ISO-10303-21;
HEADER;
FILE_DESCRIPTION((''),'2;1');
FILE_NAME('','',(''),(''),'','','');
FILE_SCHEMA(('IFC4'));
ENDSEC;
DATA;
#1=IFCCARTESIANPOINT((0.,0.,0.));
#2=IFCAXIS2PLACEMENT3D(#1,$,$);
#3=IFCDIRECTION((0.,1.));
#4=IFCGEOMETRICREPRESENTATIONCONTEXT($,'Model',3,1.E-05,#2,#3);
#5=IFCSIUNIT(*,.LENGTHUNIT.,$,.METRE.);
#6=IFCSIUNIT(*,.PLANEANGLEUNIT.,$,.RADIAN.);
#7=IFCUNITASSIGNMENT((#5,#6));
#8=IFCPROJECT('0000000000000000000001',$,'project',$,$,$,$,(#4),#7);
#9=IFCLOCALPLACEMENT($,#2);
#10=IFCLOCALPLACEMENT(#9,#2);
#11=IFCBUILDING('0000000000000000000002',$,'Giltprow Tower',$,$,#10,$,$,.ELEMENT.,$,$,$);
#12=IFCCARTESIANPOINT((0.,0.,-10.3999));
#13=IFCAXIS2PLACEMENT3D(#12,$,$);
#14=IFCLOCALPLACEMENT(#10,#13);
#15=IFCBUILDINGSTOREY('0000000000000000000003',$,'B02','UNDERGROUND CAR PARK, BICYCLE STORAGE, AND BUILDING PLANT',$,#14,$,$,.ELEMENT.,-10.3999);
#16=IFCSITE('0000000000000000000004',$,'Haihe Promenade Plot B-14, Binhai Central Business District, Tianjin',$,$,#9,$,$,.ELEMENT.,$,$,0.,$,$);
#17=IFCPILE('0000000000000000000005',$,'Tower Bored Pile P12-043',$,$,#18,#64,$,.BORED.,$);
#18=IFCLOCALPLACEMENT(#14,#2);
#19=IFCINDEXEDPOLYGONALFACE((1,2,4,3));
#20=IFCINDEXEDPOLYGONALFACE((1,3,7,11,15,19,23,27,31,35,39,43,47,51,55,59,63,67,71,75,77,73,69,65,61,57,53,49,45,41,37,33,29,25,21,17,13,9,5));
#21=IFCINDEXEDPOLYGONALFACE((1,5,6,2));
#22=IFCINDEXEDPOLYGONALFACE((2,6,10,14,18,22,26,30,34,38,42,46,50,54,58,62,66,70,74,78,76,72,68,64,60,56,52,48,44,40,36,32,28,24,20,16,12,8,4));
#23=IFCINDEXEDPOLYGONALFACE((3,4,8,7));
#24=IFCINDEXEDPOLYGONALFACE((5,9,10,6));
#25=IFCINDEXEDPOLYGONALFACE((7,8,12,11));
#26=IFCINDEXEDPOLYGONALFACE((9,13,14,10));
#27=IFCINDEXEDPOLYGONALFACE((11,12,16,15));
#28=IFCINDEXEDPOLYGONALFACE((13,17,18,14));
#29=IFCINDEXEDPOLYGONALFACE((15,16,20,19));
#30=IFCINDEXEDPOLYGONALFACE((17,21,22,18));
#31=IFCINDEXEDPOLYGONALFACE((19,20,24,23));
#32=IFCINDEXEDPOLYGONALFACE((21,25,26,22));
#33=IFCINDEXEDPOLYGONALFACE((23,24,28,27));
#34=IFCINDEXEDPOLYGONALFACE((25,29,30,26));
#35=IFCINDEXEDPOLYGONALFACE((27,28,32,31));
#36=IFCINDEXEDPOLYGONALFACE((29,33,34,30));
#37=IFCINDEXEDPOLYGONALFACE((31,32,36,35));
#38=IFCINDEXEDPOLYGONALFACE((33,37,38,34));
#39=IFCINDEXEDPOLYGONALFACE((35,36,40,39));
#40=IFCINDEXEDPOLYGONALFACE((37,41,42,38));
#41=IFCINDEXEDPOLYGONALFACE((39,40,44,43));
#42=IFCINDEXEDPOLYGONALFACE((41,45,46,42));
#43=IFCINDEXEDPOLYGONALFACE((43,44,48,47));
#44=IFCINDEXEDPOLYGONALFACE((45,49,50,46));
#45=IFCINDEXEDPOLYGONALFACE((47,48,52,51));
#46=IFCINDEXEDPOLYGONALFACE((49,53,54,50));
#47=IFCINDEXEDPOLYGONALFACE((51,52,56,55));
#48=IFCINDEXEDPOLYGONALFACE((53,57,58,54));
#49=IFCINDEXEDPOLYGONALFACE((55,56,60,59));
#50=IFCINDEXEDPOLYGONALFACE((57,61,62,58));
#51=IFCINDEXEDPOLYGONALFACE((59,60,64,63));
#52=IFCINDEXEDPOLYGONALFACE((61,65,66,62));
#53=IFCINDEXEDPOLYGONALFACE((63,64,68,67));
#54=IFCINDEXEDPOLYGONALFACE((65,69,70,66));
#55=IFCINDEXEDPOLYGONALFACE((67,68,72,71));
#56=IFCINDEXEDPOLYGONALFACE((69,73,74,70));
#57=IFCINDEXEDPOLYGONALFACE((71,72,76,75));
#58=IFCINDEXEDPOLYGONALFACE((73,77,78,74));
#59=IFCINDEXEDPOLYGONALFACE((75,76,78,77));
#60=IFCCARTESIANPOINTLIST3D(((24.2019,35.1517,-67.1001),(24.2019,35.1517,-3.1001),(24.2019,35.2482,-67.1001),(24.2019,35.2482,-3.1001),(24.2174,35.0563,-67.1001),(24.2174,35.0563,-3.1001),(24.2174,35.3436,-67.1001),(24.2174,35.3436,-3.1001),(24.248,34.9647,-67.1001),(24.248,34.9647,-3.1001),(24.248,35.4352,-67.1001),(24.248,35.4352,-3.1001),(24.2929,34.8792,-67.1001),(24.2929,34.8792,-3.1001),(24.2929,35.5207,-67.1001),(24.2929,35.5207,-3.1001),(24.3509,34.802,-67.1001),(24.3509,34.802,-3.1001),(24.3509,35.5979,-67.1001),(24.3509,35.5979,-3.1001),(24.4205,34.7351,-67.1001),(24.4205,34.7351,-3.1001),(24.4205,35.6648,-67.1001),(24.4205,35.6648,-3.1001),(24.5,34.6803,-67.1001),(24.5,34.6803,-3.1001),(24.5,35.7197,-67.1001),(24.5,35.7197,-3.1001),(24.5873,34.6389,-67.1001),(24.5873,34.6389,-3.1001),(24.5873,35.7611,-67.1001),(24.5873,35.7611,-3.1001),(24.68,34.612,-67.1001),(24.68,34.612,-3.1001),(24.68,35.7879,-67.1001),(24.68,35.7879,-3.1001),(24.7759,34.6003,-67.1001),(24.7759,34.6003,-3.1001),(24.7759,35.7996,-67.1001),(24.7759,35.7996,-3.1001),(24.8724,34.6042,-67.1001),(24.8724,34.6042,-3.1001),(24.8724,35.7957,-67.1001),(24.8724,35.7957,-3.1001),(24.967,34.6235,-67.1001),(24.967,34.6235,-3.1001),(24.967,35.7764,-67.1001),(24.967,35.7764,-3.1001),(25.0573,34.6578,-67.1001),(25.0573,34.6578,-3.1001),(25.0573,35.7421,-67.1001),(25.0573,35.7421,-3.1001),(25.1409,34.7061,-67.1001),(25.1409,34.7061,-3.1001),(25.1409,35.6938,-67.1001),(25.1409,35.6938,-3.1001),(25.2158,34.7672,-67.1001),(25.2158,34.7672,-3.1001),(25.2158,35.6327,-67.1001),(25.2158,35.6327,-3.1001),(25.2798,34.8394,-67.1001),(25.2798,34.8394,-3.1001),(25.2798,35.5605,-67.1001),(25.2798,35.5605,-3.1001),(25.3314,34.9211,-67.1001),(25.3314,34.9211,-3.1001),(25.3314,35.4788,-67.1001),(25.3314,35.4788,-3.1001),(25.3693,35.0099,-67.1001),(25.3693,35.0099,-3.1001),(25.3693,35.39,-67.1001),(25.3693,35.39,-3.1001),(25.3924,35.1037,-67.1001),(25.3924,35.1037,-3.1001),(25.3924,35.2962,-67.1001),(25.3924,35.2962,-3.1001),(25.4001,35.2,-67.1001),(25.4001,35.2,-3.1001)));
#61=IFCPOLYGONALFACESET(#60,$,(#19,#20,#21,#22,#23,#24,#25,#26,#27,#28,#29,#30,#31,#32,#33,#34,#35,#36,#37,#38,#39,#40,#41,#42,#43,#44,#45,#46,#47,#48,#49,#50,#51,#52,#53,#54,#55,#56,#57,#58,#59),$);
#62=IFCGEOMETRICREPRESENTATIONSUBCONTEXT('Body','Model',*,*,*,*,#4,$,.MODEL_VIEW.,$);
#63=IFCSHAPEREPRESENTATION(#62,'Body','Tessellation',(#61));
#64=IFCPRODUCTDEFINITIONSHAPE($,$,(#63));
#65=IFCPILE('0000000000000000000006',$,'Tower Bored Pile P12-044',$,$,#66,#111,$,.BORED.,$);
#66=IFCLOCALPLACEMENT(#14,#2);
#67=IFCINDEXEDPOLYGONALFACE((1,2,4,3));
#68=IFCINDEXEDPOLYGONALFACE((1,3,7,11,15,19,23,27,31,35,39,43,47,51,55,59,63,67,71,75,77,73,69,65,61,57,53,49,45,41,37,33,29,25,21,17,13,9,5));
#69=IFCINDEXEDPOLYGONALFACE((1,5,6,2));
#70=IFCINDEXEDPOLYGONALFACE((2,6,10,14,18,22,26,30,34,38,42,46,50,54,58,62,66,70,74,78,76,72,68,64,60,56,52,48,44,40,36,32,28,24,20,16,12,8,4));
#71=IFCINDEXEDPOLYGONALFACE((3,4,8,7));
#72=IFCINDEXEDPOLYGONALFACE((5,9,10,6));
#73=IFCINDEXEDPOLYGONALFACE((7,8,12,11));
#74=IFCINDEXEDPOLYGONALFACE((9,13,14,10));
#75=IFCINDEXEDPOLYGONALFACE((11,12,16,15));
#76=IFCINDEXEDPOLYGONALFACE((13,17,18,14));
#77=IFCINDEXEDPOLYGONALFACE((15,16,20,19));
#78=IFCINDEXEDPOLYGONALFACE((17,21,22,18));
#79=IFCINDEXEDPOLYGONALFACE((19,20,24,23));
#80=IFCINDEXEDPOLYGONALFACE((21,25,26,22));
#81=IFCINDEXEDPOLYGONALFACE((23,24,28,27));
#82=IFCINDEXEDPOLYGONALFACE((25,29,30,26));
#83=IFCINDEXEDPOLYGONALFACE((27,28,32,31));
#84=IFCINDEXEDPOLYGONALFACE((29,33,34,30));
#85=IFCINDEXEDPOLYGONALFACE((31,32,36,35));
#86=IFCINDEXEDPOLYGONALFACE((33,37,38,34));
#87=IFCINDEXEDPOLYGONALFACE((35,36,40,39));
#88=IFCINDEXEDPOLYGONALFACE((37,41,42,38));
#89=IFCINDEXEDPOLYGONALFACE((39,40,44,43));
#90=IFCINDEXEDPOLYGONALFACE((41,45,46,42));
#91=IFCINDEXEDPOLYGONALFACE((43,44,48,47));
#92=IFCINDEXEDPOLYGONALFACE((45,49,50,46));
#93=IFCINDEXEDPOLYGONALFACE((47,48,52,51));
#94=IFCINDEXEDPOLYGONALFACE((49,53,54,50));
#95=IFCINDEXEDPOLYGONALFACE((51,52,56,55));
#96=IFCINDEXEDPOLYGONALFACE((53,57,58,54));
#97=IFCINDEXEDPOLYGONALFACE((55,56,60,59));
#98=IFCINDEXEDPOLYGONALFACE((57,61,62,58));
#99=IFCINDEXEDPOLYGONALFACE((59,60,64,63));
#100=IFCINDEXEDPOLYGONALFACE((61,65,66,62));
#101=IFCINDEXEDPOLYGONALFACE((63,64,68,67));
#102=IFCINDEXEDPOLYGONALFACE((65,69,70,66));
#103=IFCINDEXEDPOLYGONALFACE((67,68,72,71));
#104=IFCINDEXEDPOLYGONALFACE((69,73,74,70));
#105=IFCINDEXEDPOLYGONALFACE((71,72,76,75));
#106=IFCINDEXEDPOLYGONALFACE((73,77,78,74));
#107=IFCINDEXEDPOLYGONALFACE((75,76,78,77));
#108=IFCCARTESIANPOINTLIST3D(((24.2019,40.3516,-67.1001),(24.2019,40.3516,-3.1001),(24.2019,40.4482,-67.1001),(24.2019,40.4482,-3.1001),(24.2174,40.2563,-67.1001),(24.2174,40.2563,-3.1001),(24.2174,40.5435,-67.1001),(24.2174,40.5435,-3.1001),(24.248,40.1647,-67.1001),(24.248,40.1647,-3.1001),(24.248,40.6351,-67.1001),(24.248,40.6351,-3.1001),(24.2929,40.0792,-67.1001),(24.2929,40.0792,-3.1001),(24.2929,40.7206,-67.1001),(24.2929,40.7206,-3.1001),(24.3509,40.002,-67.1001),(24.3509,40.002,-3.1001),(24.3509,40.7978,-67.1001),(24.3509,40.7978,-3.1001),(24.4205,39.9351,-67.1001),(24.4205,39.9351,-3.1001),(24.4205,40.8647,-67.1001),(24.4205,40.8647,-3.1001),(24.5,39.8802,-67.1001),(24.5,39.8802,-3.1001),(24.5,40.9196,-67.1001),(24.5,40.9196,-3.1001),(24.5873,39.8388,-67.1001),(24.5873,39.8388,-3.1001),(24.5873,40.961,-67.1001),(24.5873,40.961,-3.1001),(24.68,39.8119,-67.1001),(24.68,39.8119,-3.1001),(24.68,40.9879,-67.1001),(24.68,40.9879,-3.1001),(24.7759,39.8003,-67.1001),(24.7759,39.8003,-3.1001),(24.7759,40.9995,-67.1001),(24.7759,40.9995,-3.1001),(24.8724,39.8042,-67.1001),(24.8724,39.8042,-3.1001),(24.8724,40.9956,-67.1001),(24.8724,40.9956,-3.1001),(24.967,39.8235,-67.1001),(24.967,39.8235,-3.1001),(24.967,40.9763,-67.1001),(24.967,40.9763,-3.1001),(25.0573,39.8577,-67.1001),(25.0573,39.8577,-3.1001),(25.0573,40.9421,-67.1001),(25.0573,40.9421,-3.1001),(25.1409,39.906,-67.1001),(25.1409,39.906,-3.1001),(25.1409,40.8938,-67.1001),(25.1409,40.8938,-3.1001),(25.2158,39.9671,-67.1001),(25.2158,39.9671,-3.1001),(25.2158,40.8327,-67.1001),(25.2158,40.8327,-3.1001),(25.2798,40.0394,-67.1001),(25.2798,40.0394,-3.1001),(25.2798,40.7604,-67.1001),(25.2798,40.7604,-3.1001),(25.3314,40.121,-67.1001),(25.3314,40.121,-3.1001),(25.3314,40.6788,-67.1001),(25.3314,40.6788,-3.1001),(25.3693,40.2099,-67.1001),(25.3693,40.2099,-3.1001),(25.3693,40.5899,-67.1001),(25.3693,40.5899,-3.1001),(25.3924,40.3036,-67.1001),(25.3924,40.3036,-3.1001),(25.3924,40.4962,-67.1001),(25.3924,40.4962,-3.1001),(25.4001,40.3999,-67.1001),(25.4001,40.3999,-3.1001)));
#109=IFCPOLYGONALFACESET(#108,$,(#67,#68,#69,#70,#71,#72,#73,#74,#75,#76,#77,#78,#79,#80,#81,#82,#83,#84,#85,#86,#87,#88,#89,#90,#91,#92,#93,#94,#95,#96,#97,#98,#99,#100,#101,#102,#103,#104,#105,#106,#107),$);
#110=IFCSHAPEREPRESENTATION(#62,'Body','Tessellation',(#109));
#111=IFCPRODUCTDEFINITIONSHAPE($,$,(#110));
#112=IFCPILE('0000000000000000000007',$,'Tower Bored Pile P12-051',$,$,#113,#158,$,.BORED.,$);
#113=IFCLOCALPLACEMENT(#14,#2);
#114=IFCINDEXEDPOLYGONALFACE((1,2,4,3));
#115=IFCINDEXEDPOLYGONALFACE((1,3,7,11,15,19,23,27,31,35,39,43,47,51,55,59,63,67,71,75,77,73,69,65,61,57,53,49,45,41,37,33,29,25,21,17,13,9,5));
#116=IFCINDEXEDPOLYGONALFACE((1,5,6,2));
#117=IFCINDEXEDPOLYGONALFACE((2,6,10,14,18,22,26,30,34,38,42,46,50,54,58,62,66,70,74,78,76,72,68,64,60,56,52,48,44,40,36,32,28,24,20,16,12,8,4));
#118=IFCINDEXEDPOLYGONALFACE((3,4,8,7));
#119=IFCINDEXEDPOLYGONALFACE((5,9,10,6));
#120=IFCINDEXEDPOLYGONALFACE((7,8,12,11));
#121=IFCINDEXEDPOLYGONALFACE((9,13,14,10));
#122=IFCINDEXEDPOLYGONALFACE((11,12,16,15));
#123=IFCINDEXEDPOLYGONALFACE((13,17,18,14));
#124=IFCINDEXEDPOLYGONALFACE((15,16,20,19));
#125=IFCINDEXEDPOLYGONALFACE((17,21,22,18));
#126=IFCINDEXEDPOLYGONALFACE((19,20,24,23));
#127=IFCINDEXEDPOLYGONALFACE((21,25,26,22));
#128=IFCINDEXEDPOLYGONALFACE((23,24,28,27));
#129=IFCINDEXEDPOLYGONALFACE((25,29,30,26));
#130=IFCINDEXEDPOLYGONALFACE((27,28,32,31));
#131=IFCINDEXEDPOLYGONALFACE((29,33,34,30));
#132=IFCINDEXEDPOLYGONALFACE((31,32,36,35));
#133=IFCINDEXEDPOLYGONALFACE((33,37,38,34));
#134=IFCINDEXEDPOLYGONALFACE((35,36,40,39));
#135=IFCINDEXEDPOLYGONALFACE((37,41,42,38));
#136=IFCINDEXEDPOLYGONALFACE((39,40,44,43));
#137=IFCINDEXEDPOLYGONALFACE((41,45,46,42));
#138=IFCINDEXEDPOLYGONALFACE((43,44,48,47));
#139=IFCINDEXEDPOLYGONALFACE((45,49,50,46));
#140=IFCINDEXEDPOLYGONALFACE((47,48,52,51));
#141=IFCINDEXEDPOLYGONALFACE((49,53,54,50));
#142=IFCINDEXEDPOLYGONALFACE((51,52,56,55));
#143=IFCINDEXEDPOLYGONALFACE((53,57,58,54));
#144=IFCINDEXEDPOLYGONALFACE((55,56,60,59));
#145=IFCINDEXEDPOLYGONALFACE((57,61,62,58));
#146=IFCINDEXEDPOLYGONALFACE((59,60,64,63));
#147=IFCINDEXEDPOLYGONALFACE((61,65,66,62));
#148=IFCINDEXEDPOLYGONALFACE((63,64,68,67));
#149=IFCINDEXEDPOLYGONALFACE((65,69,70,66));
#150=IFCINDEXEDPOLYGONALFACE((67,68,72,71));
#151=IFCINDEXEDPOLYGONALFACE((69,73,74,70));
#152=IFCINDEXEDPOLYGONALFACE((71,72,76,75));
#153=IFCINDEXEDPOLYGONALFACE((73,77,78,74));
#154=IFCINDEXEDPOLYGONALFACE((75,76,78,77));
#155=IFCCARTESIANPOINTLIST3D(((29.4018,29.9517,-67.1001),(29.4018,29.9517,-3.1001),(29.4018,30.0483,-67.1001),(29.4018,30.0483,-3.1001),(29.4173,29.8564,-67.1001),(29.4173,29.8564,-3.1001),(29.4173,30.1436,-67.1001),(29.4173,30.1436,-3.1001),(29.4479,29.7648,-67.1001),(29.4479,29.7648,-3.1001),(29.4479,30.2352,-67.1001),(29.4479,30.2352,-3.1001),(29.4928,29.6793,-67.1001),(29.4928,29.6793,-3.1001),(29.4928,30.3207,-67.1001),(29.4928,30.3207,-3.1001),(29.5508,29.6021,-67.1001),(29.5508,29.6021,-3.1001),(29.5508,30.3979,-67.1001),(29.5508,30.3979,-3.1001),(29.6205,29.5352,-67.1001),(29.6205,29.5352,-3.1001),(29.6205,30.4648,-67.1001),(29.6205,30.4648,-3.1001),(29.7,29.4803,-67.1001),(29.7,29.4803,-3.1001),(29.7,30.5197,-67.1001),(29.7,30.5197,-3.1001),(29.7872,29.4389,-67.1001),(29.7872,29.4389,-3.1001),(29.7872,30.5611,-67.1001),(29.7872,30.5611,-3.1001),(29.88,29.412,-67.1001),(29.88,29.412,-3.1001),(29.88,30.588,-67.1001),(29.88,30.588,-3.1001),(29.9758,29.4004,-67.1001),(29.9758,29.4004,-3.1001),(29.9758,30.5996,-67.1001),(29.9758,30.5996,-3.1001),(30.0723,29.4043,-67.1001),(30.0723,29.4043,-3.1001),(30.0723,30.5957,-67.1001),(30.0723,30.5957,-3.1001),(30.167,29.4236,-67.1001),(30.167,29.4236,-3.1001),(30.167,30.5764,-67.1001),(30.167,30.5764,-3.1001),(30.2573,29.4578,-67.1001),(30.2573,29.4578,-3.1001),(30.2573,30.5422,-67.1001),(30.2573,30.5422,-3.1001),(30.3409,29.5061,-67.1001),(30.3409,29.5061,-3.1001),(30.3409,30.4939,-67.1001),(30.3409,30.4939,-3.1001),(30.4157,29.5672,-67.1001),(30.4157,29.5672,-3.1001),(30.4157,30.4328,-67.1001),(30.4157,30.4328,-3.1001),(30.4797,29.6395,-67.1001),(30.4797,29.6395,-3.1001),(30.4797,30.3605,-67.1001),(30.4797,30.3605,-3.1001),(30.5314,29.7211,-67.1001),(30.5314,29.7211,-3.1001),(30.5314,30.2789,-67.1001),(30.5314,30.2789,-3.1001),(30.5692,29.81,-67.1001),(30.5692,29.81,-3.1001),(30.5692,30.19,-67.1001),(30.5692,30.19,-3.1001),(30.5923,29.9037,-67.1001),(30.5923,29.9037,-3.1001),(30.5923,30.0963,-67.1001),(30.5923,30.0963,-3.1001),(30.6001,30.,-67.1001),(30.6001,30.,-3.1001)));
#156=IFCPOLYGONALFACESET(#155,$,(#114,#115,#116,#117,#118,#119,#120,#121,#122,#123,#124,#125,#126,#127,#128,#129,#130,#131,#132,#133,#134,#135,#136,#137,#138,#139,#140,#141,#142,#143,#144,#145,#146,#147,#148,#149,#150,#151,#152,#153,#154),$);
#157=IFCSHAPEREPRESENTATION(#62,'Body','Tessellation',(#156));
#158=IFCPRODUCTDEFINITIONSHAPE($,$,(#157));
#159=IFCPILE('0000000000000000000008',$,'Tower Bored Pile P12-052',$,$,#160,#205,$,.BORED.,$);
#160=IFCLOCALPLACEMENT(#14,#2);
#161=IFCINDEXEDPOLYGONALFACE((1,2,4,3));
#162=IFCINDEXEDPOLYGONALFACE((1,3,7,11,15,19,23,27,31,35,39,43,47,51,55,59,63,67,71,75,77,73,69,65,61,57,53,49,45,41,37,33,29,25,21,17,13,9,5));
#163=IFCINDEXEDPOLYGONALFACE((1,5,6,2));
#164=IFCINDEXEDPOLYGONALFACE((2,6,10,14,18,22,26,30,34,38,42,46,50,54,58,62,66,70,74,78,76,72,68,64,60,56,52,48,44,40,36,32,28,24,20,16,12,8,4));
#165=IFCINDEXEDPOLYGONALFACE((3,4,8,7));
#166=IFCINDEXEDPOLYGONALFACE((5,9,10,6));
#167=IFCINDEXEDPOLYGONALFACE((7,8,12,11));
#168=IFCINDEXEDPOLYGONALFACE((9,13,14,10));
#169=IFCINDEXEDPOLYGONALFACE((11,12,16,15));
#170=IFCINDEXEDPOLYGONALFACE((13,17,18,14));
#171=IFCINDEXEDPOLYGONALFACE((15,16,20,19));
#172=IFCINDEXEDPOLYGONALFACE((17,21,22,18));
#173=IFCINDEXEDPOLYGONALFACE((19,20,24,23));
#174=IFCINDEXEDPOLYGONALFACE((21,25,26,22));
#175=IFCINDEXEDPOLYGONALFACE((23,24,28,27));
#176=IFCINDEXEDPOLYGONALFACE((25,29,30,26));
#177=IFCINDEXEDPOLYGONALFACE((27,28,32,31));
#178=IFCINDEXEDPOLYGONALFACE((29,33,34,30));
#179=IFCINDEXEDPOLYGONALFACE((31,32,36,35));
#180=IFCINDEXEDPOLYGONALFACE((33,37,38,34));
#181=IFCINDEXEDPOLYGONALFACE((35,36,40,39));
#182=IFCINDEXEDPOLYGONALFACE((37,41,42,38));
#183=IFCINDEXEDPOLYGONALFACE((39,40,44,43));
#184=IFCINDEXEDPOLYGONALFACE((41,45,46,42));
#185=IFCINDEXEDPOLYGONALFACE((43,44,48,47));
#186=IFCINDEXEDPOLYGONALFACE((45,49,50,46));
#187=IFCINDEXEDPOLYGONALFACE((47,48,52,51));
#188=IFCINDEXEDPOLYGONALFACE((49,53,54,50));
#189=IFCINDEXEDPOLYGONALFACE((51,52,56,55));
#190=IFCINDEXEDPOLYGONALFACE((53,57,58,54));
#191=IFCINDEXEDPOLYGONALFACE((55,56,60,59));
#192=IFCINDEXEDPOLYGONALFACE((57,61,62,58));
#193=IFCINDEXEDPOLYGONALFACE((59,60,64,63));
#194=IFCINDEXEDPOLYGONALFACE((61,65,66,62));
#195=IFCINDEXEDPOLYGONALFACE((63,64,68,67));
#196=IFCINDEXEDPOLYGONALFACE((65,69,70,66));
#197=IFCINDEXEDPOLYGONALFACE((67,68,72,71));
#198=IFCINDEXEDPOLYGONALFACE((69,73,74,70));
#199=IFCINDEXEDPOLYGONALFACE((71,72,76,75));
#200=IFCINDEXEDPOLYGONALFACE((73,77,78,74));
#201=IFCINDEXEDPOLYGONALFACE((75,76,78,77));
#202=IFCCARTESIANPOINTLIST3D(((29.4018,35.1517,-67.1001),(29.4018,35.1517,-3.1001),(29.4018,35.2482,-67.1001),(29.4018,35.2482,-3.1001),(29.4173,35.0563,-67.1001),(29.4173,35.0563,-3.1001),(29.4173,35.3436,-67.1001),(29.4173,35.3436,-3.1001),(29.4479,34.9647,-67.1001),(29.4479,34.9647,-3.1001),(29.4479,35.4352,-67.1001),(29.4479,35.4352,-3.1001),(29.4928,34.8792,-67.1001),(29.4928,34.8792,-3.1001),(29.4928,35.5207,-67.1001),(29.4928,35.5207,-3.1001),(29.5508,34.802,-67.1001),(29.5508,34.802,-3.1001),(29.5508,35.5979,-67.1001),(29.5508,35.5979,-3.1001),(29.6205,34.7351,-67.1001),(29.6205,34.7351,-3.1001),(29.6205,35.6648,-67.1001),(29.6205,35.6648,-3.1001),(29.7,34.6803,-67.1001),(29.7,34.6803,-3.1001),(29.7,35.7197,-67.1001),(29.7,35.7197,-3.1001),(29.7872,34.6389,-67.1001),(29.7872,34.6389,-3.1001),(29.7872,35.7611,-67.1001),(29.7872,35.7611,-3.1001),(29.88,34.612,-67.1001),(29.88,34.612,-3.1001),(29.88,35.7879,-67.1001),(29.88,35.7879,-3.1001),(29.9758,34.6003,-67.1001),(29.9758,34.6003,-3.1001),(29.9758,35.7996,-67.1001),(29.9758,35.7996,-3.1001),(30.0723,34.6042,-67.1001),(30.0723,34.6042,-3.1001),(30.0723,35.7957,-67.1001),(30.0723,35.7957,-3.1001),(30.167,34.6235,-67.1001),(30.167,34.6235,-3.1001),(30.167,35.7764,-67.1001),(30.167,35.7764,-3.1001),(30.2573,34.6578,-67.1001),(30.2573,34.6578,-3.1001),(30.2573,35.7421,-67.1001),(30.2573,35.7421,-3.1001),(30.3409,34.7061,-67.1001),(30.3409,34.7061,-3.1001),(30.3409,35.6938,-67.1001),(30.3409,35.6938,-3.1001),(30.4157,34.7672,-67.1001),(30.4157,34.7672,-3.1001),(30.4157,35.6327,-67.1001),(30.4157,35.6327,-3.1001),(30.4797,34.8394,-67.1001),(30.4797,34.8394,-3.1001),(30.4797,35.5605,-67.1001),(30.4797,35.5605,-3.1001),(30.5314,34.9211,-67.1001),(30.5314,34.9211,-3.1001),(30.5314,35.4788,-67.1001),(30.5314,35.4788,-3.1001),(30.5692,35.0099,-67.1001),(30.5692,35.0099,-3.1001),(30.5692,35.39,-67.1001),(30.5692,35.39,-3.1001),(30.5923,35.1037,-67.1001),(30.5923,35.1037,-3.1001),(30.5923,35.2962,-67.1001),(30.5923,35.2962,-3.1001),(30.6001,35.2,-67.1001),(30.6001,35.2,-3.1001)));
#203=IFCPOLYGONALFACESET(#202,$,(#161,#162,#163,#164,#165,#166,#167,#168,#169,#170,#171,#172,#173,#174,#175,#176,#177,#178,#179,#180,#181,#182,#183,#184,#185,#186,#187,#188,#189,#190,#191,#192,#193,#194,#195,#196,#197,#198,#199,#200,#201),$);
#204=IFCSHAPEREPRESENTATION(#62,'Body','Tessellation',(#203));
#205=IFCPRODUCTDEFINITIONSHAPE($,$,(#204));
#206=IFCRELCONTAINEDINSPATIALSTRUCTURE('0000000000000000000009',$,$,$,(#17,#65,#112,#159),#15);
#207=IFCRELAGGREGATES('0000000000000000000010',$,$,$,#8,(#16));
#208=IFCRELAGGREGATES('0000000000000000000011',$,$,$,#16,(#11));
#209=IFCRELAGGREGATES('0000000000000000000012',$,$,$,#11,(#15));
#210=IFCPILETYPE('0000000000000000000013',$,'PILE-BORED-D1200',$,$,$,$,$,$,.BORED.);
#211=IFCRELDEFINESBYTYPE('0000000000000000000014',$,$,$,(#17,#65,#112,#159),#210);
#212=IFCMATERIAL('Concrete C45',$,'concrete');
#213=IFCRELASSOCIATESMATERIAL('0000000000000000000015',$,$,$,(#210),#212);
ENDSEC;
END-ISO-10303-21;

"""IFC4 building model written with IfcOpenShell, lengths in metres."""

from ifc_helpers import new_model, si_unit, direction, frame, origin, origin_2d, place, context, subcontext, project, spatial, circle, extrude, source, transform, mapped, material, material_profile, profile_set, type_object, element, save


model = new_model("IFC4")

# Units and contexts
model_context = context("Model", 3, precision=1e-05, world=origin(), true_north=direction((0.0, 1.0)))
body_context = subcontext(model_context, "Body", "Model", "MODEL_VIEW")
ifc_project = project(units=[si_unit("LENGTHUNIT", "METRE"), si_unit("PLANEANGLEUNIT", "RADIAN")], contexts=[model_context])

# Site, building, storey
site_placement = place(None, origin())
site = spatial("IfcSite", under=ifc_project, at=site_placement, Name="Haihe Promenade Plot B-14, Binhai Central Business District, Tianjin", CompositionType="ELEMENT", RefElevation=0.0)
building_placement = place(site_placement, origin())
building = spatial("IfcBuilding", under=site, at=building_placement, Name="Giltprow Tower", CompositionType="ELEMENT")
storey_placement = place(building_placement, frame((0.0, 0.0, -10.3999)))
storey = spatial("IfcBuildingStorey", under=building, at=storey_placement, Name="B02", Description="UNDERGROUND CAR PARK, BICYCLE STORAGE, AND BUILDING PLANT", CompositionType="ELEMENT", Elevation=-10.3999)

# Piles
ifc_material_1 = material(Name="Concrete C45", Category="concrete")
ifc_material_profile_1 = material_profile(ifc_material_1, circle(Radius=0.6001, at=origin_2d()), Name="PILE D1200")
ifc_profile_set_1 = profile_set([ifc_material_profile_1], Name="Concrete C45")
pile_type = type_object("IfcPileType", Name="PILE-BORED-D1200", PredefinedType="BORED", material=ifc_profile_set_1)
shared_shape_1 = source(origin(), body_context, "Body", "SweptSolid", [
    extrude(circle(Radius=0.6001, at=origin_2d()), origin(), (0.0, 0.0, 1.0), 64.0),
])
for number, where, z_axis, x_axis, name in (
    (1, (24.8, 35.2, -3.1001), (0.0, 0.0, -1.0), (1.0, 0.0, 0.0), "Tower Bored Pile P12-043"),
    (2, (24.8, 40.3999, -3.1001), (0.0, 0.0, -1.0), (1.0, 0.0, 0.0), "Tower Bored Pile P12-044"),
    (3, (30.0, 30.0, -3.1001), (0.0, 0.0, -1.0), (1.0, 0.0, 0.0), "Tower Bored Pile P12-051"),
    (4, (30.0, 35.2, -3.1001), (0.0, 0.0, -1.0), (1.0, 0.0, 0.0), "Tower Bored Pile P12-052"),
):
    element("IfcPile", number, at=place(storey_placement, frame(where, z_axis=z_axis, x_axis=x_axis)), inside=storey, type_object=pile_type, Name=name, PredefinedType="BORED", context=body_context, shape_type="MappedRepresentation", body=[
        mapped(shared_shape_1, transform((0.0, 0.0, 0.0), x_axis=(1.0, 0.0, 0.0), y_axis=(0.0, 1.0, 0.0), z_axis=(0.0, 0.0, 1.0), scale=1.0)),
    ])

save(model, "model.ifc")
